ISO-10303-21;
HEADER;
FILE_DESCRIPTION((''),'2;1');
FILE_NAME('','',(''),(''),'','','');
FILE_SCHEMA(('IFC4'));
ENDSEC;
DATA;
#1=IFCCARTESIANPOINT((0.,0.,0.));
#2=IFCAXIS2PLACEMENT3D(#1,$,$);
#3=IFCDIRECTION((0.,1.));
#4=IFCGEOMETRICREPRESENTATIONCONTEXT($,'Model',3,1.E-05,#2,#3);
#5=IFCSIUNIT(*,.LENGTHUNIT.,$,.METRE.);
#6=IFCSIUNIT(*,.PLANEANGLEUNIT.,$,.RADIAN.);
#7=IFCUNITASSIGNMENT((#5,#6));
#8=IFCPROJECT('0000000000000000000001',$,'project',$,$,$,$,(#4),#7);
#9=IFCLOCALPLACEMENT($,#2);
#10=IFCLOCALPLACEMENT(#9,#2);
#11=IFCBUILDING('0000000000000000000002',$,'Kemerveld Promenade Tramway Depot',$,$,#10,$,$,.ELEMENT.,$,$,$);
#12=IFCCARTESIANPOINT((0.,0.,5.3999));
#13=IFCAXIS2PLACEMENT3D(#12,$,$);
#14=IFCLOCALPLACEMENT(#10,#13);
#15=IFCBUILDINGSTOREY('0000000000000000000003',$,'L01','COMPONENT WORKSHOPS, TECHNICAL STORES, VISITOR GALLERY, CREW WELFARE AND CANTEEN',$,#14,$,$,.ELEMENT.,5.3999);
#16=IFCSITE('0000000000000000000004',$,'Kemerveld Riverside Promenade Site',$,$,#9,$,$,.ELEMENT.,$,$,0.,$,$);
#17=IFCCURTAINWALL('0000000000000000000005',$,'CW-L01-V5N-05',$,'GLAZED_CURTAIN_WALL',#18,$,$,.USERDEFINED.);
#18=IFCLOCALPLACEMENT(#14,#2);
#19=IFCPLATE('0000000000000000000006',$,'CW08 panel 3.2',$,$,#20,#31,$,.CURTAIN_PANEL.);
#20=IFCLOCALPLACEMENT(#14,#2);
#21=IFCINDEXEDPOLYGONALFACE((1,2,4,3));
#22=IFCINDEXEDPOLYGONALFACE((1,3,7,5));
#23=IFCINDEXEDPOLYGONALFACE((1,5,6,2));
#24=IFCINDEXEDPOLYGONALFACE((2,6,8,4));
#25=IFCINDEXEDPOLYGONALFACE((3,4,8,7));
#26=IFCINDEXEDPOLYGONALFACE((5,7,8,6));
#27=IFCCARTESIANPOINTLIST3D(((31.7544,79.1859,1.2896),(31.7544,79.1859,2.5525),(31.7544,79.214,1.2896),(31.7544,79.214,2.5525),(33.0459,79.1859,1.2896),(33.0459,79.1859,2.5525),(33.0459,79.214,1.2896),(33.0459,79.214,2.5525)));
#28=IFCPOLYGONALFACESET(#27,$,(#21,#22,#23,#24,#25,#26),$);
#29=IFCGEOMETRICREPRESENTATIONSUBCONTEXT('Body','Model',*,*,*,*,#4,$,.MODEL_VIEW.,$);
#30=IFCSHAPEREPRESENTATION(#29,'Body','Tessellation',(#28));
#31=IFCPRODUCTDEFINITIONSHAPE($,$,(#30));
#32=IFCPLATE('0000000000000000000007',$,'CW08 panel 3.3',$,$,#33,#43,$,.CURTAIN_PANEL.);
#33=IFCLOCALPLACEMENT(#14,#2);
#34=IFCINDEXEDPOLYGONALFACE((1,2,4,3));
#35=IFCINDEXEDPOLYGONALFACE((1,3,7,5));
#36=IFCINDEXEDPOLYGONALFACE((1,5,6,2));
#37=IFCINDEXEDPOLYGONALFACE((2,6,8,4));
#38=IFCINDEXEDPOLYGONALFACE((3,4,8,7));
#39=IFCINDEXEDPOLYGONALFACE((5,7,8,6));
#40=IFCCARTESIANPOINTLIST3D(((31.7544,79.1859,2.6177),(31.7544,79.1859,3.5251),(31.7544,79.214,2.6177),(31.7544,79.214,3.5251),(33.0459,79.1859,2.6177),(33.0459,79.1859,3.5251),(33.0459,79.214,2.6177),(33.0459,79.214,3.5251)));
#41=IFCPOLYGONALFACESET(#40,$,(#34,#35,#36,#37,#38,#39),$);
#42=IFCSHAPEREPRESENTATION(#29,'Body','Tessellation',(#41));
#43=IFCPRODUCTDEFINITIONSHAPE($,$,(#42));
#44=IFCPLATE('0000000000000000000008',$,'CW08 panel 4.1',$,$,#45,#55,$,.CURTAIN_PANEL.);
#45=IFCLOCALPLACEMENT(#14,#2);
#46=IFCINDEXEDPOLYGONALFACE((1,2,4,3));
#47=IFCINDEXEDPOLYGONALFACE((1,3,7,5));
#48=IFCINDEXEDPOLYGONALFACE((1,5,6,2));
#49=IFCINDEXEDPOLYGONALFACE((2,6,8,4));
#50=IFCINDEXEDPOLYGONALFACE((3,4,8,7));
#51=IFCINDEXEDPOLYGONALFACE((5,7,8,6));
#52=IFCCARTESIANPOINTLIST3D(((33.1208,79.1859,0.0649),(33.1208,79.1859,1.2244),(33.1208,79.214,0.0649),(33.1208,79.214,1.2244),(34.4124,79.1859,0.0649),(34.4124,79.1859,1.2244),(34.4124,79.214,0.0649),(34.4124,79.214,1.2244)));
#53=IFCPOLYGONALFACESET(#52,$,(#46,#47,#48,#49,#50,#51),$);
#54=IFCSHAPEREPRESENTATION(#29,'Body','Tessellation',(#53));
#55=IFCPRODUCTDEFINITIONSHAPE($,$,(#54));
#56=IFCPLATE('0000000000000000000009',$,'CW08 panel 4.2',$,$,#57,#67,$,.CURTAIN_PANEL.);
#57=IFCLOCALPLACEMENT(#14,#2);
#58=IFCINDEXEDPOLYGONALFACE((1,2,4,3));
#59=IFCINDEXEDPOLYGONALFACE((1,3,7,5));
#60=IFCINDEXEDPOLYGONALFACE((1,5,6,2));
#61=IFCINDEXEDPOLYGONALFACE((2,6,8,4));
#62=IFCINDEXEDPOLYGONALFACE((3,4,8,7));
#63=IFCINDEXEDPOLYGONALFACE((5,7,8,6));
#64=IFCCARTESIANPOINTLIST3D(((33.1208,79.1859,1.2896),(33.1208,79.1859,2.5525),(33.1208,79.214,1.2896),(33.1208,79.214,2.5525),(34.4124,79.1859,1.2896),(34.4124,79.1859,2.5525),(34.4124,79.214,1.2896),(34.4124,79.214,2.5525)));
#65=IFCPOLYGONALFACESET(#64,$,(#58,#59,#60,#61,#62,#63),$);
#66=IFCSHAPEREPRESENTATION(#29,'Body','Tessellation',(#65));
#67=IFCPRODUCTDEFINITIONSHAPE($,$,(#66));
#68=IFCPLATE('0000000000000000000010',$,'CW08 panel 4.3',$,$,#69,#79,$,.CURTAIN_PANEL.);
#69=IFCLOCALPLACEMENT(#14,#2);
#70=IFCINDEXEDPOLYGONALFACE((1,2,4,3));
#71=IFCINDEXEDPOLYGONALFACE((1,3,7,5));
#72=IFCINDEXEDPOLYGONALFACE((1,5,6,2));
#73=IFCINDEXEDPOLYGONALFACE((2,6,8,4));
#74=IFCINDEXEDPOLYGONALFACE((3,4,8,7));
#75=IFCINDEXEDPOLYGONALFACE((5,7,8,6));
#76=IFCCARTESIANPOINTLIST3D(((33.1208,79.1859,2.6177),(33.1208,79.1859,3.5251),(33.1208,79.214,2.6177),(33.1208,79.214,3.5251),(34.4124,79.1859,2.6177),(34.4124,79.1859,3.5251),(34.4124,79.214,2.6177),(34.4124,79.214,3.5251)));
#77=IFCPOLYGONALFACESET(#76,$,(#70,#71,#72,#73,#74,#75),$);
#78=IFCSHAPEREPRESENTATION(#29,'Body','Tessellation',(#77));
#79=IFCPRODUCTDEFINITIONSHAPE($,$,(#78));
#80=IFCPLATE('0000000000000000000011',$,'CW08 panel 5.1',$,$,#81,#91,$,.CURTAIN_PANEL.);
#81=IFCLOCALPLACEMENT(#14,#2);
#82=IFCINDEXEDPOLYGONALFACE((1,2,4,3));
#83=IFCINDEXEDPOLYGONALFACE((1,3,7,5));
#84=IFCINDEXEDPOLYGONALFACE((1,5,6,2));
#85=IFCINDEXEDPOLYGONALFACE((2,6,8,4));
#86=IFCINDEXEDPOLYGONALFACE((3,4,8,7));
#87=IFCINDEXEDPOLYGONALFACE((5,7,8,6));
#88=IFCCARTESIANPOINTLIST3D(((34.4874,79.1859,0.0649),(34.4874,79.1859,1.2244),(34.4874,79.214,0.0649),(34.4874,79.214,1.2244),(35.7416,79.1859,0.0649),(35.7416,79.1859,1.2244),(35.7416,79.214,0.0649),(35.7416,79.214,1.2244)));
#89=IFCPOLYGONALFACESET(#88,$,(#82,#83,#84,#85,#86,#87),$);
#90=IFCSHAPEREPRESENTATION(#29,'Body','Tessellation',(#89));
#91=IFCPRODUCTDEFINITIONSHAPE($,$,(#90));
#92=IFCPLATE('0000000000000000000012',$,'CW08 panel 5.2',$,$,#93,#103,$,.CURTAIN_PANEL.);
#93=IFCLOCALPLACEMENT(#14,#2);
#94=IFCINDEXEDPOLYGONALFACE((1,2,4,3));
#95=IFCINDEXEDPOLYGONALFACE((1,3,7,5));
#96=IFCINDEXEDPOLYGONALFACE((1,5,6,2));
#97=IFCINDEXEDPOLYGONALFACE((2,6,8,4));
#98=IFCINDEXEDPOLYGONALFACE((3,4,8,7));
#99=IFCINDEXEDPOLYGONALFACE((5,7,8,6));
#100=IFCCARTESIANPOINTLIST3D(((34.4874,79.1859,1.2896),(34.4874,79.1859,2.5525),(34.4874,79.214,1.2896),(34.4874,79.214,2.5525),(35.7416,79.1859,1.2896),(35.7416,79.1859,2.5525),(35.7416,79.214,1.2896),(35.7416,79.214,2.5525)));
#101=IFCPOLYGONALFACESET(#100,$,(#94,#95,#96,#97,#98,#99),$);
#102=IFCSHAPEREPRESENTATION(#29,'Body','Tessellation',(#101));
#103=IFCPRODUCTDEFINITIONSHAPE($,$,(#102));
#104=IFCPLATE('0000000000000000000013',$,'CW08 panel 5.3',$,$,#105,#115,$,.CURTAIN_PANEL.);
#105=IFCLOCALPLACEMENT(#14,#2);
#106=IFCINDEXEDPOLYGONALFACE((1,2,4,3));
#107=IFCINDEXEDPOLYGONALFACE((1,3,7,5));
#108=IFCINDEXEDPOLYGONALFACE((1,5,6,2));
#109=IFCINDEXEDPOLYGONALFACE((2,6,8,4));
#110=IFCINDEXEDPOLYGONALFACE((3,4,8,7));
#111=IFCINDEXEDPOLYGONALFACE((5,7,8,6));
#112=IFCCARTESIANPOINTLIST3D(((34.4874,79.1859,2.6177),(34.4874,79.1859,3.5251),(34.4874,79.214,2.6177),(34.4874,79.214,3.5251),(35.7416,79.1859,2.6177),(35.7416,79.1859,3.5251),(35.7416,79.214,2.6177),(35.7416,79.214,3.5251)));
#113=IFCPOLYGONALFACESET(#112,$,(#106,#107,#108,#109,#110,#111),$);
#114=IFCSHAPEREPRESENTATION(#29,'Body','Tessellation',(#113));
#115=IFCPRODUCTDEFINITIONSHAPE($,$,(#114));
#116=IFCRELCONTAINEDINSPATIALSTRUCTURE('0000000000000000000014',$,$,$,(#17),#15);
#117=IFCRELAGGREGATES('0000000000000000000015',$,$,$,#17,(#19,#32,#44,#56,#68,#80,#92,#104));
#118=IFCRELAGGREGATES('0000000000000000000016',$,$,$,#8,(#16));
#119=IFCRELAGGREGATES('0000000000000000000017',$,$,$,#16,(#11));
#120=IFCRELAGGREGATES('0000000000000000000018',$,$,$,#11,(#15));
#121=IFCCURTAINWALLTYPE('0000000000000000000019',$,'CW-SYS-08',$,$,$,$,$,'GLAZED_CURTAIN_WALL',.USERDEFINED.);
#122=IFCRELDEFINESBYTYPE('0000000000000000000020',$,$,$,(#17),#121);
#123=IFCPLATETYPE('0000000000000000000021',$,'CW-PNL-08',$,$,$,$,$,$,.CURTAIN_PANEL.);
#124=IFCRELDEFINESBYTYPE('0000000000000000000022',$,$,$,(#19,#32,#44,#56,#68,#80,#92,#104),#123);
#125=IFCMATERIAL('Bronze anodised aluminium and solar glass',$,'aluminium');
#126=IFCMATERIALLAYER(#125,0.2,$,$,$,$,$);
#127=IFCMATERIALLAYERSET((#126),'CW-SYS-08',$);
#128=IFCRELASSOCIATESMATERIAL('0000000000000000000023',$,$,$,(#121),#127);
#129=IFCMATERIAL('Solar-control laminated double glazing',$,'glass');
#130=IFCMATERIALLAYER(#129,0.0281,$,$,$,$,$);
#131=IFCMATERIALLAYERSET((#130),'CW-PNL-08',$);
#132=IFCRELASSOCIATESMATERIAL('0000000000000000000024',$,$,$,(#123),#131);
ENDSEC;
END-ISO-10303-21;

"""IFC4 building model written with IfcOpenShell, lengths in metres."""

from ifc_helpers import new_model, si_unit, direction, frame, origin, origin_2d, place, context, subcontext, project, spatial, rectangle, extrude, material, layer, layer_set, type_object, element, aggregate, save


model = new_model("IFC4")

# Units and contexts
model_context = context("Model", 3, precision=1e-05, world=origin(), true_north=direction((0.0, 1.0)))
body_context = subcontext(model_context, "Body", "Model", "MODEL_VIEW")
ifc_project = project(units=[si_unit("LENGTHUNIT", "METRE"), si_unit("PLANEANGLEUNIT", "RADIAN")], contexts=[model_context])

# Site, building, storey
site_placement = place(None, origin())
site = spatial("IfcSite", under=ifc_project, at=site_placement, Name="Kemerveld Riverside Promenade Site", CompositionType="ELEMENT", RefElevation=0.0)
building_placement = place(site_placement, origin())
building = spatial("IfcBuilding", under=site, at=building_placement, Name="Kemerveld Promenade Tramway Depot", CompositionType="ELEMENT")
storey_placement = place(building_placement, frame((0.0, 0.0, 5.3999)))
storey = spatial("IfcBuildingStorey", under=building, at=storey_placement, Name="L01", Description="COMPONENT WORKSHOPS, TECHNICAL STORES, VISITOR GALLERY, CREW WELFARE AND CANTEEN", CompositionType="ELEMENT", Elevation=5.3999)

# Curtain wall, plates
ifc_material_1 = material(Name="Bronze anodised aluminium and solar glass", Category="aluminium")
ifc_layer_1 = layer(ifc_material_1, 0.2)
ifc_layer_set_1 = layer_set([ifc_layer_1], Name="CW-SYS-08")
curtain_wall_type = type_object("IfcCurtainWallType", Name="CW-SYS-08", ElementType="GLAZED_CURTAIN_WALL", PredefinedType="USERDEFINED", material=ifc_layer_set_1)
curtain_wall_placement = place(storey_placement, origin())
curtain_wall = element("IfcCurtainWall", 1, at=curtain_wall_placement, inside=storey, type_object=curtain_wall_type, Name="CW-L01-V5N-05", ObjectType="GLAZED_CURTAIN_WALL", PredefinedType="USERDEFINED")
ifc_material_2 = material(Name="Solar-control laminated double glazing", Category="glass")
ifc_layer_2 = layer(ifc_material_2, 0.0281)
ifc_layer_set_2 = layer_set([ifc_layer_2], Name="CW-PNL-08")
plate_type = type_object("IfcPlateType", Name="CW-PNL-08", PredefinedType="CURTAIN_PANEL", material=ifc_layer_set_2)
plate_1_placement = place(storey_placement, frame((32.4001, 79.2, 1.2896), z_axis=(0.0, 0.0, 1.0), x_axis=(1.0, 0.0, 0.0)))
plate_1 = element("IfcPlate", 2, at=plate_1_placement, type_object=plate_type, Name="CW08 panel 3.2", PredefinedType="CURTAIN_PANEL", context=body_context, shape_type="SweptSolid", body=[
    extrude(rectangle(XDim=1.2915, YDim=0.0281, at=origin_2d()), origin(), (0.0, 0.0, 1.0), 1.2629),
])
plate_2_placement = place(storey_placement, frame((32.4001, 79.2, 2.6177), z_axis=(0.0, 0.0, 1.0), x_axis=(1.0, 0.0, 0.0)))
plate_2 = element("IfcPlate", 3, at=plate_2_placement, type_object=plate_type, Name="CW08 panel 3.3", PredefinedType="CURTAIN_PANEL", context=body_context, shape_type="SweptSolid", body=[
    extrude(rectangle(XDim=1.2915, YDim=0.0281, at=origin_2d()), origin(), (0.0, 0.0, 1.0), 0.9075),
])
plate_3_placement = place(storey_placement, frame((33.7666, 79.2, 0.0649), z_axis=(0.0, 0.0, 1.0), x_axis=(1.0, 0.0, 0.0)))
plate_3 = element("IfcPlate", 4, at=plate_3_placement, type_object=plate_type, Name="CW08 panel 4.1", PredefinedType="CURTAIN_PANEL", context=body_context, shape_type="SweptSolid", body=[
    extrude(rectangle(XDim=1.2915, YDim=0.0281, at=origin_2d()), origin(), (0.0, 0.0, 1.0), 1.1594),
])
plate_4_placement = place(storey_placement, frame((33.7666, 79.2, 1.2896), z_axis=(0.0, 0.0, 1.0), x_axis=(1.0, 0.0, 0.0)))
plate_4 = element("IfcPlate", 5, at=plate_4_placement, type_object=plate_type, Name="CW08 panel 4.2", PredefinedType="CURTAIN_PANEL", context=body_context, shape_type="SweptSolid", body=[
    extrude(rectangle(XDim=1.2915, YDim=0.0281, at=origin_2d()), origin(), (0.0, 0.0, 1.0), 1.2629),
])
plate_5_placement = place(storey_placement, frame((33.7666, 79.2, 2.6177), z_axis=(0.0, 0.0, 1.0), x_axis=(1.0, 0.0, 0.0)))
plate_5 = element("IfcPlate", 6, at=plate_5_placement, type_object=plate_type, Name="CW08 panel 4.3", PredefinedType="CURTAIN_PANEL", context=body_context, shape_type="SweptSolid", body=[
    extrude(rectangle(XDim=1.2915, YDim=0.0281, at=origin_2d()), origin(), (0.0, 0.0, 1.0), 0.9075),
])
plate_6_placement = place(storey_placement, frame((35.1145, 79.2, 0.0649), z_axis=(0.0, 0.0, 1.0), x_axis=(1.0, 0.0, 0.0)))
plate_6 = element("IfcPlate", 7, at=plate_6_placement, type_object=plate_type, Name="CW08 panel 5.1", PredefinedType="CURTAIN_PANEL", context=body_context, shape_type="SweptSolid", body=[
    extrude(rectangle(XDim=1.2542, YDim=0.0281, at=origin_2d()), origin(), (0.0, 0.0, 1.0), 1.1594),
])
plate_7_placement = place(storey_placement, frame((35.1145, 79.2, 1.2896), z_axis=(0.0, 0.0, 1.0), x_axis=(1.0, 0.0, 0.0)))
plate_7 = element("IfcPlate", 8, at=plate_7_placement, type_object=plate_type, Name="CW08 panel 5.2", PredefinedType="CURTAIN_PANEL", context=body_context, shape_type="SweptSolid", body=[
    extrude(rectangle(XDim=1.2542, YDim=0.0281, at=origin_2d()), origin(), (0.0, 0.0, 1.0), 1.2629),
])
plate_8_placement = place(storey_placement, frame((35.1145, 79.2, 2.6177), z_axis=(0.0, 0.0, 1.0), x_axis=(1.0, 0.0, 0.0)))
plate_8 = element("IfcPlate", 9, at=plate_8_placement, type_object=plate_type, Name="CW08 panel 5.3", PredefinedType="CURTAIN_PANEL", context=body_context, shape_type="SweptSolid", body=[
    extrude(rectangle(XDim=1.2542, YDim=0.0281, at=origin_2d()), origin(), (0.0, 0.0, 1.0), 0.9075),
])
aggregate(curtain_wall, [plate_1, plate_2, plate_3, plate_4, plate_5, plate_6, plate_7, plate_8])

save(model, "model.ifc")
